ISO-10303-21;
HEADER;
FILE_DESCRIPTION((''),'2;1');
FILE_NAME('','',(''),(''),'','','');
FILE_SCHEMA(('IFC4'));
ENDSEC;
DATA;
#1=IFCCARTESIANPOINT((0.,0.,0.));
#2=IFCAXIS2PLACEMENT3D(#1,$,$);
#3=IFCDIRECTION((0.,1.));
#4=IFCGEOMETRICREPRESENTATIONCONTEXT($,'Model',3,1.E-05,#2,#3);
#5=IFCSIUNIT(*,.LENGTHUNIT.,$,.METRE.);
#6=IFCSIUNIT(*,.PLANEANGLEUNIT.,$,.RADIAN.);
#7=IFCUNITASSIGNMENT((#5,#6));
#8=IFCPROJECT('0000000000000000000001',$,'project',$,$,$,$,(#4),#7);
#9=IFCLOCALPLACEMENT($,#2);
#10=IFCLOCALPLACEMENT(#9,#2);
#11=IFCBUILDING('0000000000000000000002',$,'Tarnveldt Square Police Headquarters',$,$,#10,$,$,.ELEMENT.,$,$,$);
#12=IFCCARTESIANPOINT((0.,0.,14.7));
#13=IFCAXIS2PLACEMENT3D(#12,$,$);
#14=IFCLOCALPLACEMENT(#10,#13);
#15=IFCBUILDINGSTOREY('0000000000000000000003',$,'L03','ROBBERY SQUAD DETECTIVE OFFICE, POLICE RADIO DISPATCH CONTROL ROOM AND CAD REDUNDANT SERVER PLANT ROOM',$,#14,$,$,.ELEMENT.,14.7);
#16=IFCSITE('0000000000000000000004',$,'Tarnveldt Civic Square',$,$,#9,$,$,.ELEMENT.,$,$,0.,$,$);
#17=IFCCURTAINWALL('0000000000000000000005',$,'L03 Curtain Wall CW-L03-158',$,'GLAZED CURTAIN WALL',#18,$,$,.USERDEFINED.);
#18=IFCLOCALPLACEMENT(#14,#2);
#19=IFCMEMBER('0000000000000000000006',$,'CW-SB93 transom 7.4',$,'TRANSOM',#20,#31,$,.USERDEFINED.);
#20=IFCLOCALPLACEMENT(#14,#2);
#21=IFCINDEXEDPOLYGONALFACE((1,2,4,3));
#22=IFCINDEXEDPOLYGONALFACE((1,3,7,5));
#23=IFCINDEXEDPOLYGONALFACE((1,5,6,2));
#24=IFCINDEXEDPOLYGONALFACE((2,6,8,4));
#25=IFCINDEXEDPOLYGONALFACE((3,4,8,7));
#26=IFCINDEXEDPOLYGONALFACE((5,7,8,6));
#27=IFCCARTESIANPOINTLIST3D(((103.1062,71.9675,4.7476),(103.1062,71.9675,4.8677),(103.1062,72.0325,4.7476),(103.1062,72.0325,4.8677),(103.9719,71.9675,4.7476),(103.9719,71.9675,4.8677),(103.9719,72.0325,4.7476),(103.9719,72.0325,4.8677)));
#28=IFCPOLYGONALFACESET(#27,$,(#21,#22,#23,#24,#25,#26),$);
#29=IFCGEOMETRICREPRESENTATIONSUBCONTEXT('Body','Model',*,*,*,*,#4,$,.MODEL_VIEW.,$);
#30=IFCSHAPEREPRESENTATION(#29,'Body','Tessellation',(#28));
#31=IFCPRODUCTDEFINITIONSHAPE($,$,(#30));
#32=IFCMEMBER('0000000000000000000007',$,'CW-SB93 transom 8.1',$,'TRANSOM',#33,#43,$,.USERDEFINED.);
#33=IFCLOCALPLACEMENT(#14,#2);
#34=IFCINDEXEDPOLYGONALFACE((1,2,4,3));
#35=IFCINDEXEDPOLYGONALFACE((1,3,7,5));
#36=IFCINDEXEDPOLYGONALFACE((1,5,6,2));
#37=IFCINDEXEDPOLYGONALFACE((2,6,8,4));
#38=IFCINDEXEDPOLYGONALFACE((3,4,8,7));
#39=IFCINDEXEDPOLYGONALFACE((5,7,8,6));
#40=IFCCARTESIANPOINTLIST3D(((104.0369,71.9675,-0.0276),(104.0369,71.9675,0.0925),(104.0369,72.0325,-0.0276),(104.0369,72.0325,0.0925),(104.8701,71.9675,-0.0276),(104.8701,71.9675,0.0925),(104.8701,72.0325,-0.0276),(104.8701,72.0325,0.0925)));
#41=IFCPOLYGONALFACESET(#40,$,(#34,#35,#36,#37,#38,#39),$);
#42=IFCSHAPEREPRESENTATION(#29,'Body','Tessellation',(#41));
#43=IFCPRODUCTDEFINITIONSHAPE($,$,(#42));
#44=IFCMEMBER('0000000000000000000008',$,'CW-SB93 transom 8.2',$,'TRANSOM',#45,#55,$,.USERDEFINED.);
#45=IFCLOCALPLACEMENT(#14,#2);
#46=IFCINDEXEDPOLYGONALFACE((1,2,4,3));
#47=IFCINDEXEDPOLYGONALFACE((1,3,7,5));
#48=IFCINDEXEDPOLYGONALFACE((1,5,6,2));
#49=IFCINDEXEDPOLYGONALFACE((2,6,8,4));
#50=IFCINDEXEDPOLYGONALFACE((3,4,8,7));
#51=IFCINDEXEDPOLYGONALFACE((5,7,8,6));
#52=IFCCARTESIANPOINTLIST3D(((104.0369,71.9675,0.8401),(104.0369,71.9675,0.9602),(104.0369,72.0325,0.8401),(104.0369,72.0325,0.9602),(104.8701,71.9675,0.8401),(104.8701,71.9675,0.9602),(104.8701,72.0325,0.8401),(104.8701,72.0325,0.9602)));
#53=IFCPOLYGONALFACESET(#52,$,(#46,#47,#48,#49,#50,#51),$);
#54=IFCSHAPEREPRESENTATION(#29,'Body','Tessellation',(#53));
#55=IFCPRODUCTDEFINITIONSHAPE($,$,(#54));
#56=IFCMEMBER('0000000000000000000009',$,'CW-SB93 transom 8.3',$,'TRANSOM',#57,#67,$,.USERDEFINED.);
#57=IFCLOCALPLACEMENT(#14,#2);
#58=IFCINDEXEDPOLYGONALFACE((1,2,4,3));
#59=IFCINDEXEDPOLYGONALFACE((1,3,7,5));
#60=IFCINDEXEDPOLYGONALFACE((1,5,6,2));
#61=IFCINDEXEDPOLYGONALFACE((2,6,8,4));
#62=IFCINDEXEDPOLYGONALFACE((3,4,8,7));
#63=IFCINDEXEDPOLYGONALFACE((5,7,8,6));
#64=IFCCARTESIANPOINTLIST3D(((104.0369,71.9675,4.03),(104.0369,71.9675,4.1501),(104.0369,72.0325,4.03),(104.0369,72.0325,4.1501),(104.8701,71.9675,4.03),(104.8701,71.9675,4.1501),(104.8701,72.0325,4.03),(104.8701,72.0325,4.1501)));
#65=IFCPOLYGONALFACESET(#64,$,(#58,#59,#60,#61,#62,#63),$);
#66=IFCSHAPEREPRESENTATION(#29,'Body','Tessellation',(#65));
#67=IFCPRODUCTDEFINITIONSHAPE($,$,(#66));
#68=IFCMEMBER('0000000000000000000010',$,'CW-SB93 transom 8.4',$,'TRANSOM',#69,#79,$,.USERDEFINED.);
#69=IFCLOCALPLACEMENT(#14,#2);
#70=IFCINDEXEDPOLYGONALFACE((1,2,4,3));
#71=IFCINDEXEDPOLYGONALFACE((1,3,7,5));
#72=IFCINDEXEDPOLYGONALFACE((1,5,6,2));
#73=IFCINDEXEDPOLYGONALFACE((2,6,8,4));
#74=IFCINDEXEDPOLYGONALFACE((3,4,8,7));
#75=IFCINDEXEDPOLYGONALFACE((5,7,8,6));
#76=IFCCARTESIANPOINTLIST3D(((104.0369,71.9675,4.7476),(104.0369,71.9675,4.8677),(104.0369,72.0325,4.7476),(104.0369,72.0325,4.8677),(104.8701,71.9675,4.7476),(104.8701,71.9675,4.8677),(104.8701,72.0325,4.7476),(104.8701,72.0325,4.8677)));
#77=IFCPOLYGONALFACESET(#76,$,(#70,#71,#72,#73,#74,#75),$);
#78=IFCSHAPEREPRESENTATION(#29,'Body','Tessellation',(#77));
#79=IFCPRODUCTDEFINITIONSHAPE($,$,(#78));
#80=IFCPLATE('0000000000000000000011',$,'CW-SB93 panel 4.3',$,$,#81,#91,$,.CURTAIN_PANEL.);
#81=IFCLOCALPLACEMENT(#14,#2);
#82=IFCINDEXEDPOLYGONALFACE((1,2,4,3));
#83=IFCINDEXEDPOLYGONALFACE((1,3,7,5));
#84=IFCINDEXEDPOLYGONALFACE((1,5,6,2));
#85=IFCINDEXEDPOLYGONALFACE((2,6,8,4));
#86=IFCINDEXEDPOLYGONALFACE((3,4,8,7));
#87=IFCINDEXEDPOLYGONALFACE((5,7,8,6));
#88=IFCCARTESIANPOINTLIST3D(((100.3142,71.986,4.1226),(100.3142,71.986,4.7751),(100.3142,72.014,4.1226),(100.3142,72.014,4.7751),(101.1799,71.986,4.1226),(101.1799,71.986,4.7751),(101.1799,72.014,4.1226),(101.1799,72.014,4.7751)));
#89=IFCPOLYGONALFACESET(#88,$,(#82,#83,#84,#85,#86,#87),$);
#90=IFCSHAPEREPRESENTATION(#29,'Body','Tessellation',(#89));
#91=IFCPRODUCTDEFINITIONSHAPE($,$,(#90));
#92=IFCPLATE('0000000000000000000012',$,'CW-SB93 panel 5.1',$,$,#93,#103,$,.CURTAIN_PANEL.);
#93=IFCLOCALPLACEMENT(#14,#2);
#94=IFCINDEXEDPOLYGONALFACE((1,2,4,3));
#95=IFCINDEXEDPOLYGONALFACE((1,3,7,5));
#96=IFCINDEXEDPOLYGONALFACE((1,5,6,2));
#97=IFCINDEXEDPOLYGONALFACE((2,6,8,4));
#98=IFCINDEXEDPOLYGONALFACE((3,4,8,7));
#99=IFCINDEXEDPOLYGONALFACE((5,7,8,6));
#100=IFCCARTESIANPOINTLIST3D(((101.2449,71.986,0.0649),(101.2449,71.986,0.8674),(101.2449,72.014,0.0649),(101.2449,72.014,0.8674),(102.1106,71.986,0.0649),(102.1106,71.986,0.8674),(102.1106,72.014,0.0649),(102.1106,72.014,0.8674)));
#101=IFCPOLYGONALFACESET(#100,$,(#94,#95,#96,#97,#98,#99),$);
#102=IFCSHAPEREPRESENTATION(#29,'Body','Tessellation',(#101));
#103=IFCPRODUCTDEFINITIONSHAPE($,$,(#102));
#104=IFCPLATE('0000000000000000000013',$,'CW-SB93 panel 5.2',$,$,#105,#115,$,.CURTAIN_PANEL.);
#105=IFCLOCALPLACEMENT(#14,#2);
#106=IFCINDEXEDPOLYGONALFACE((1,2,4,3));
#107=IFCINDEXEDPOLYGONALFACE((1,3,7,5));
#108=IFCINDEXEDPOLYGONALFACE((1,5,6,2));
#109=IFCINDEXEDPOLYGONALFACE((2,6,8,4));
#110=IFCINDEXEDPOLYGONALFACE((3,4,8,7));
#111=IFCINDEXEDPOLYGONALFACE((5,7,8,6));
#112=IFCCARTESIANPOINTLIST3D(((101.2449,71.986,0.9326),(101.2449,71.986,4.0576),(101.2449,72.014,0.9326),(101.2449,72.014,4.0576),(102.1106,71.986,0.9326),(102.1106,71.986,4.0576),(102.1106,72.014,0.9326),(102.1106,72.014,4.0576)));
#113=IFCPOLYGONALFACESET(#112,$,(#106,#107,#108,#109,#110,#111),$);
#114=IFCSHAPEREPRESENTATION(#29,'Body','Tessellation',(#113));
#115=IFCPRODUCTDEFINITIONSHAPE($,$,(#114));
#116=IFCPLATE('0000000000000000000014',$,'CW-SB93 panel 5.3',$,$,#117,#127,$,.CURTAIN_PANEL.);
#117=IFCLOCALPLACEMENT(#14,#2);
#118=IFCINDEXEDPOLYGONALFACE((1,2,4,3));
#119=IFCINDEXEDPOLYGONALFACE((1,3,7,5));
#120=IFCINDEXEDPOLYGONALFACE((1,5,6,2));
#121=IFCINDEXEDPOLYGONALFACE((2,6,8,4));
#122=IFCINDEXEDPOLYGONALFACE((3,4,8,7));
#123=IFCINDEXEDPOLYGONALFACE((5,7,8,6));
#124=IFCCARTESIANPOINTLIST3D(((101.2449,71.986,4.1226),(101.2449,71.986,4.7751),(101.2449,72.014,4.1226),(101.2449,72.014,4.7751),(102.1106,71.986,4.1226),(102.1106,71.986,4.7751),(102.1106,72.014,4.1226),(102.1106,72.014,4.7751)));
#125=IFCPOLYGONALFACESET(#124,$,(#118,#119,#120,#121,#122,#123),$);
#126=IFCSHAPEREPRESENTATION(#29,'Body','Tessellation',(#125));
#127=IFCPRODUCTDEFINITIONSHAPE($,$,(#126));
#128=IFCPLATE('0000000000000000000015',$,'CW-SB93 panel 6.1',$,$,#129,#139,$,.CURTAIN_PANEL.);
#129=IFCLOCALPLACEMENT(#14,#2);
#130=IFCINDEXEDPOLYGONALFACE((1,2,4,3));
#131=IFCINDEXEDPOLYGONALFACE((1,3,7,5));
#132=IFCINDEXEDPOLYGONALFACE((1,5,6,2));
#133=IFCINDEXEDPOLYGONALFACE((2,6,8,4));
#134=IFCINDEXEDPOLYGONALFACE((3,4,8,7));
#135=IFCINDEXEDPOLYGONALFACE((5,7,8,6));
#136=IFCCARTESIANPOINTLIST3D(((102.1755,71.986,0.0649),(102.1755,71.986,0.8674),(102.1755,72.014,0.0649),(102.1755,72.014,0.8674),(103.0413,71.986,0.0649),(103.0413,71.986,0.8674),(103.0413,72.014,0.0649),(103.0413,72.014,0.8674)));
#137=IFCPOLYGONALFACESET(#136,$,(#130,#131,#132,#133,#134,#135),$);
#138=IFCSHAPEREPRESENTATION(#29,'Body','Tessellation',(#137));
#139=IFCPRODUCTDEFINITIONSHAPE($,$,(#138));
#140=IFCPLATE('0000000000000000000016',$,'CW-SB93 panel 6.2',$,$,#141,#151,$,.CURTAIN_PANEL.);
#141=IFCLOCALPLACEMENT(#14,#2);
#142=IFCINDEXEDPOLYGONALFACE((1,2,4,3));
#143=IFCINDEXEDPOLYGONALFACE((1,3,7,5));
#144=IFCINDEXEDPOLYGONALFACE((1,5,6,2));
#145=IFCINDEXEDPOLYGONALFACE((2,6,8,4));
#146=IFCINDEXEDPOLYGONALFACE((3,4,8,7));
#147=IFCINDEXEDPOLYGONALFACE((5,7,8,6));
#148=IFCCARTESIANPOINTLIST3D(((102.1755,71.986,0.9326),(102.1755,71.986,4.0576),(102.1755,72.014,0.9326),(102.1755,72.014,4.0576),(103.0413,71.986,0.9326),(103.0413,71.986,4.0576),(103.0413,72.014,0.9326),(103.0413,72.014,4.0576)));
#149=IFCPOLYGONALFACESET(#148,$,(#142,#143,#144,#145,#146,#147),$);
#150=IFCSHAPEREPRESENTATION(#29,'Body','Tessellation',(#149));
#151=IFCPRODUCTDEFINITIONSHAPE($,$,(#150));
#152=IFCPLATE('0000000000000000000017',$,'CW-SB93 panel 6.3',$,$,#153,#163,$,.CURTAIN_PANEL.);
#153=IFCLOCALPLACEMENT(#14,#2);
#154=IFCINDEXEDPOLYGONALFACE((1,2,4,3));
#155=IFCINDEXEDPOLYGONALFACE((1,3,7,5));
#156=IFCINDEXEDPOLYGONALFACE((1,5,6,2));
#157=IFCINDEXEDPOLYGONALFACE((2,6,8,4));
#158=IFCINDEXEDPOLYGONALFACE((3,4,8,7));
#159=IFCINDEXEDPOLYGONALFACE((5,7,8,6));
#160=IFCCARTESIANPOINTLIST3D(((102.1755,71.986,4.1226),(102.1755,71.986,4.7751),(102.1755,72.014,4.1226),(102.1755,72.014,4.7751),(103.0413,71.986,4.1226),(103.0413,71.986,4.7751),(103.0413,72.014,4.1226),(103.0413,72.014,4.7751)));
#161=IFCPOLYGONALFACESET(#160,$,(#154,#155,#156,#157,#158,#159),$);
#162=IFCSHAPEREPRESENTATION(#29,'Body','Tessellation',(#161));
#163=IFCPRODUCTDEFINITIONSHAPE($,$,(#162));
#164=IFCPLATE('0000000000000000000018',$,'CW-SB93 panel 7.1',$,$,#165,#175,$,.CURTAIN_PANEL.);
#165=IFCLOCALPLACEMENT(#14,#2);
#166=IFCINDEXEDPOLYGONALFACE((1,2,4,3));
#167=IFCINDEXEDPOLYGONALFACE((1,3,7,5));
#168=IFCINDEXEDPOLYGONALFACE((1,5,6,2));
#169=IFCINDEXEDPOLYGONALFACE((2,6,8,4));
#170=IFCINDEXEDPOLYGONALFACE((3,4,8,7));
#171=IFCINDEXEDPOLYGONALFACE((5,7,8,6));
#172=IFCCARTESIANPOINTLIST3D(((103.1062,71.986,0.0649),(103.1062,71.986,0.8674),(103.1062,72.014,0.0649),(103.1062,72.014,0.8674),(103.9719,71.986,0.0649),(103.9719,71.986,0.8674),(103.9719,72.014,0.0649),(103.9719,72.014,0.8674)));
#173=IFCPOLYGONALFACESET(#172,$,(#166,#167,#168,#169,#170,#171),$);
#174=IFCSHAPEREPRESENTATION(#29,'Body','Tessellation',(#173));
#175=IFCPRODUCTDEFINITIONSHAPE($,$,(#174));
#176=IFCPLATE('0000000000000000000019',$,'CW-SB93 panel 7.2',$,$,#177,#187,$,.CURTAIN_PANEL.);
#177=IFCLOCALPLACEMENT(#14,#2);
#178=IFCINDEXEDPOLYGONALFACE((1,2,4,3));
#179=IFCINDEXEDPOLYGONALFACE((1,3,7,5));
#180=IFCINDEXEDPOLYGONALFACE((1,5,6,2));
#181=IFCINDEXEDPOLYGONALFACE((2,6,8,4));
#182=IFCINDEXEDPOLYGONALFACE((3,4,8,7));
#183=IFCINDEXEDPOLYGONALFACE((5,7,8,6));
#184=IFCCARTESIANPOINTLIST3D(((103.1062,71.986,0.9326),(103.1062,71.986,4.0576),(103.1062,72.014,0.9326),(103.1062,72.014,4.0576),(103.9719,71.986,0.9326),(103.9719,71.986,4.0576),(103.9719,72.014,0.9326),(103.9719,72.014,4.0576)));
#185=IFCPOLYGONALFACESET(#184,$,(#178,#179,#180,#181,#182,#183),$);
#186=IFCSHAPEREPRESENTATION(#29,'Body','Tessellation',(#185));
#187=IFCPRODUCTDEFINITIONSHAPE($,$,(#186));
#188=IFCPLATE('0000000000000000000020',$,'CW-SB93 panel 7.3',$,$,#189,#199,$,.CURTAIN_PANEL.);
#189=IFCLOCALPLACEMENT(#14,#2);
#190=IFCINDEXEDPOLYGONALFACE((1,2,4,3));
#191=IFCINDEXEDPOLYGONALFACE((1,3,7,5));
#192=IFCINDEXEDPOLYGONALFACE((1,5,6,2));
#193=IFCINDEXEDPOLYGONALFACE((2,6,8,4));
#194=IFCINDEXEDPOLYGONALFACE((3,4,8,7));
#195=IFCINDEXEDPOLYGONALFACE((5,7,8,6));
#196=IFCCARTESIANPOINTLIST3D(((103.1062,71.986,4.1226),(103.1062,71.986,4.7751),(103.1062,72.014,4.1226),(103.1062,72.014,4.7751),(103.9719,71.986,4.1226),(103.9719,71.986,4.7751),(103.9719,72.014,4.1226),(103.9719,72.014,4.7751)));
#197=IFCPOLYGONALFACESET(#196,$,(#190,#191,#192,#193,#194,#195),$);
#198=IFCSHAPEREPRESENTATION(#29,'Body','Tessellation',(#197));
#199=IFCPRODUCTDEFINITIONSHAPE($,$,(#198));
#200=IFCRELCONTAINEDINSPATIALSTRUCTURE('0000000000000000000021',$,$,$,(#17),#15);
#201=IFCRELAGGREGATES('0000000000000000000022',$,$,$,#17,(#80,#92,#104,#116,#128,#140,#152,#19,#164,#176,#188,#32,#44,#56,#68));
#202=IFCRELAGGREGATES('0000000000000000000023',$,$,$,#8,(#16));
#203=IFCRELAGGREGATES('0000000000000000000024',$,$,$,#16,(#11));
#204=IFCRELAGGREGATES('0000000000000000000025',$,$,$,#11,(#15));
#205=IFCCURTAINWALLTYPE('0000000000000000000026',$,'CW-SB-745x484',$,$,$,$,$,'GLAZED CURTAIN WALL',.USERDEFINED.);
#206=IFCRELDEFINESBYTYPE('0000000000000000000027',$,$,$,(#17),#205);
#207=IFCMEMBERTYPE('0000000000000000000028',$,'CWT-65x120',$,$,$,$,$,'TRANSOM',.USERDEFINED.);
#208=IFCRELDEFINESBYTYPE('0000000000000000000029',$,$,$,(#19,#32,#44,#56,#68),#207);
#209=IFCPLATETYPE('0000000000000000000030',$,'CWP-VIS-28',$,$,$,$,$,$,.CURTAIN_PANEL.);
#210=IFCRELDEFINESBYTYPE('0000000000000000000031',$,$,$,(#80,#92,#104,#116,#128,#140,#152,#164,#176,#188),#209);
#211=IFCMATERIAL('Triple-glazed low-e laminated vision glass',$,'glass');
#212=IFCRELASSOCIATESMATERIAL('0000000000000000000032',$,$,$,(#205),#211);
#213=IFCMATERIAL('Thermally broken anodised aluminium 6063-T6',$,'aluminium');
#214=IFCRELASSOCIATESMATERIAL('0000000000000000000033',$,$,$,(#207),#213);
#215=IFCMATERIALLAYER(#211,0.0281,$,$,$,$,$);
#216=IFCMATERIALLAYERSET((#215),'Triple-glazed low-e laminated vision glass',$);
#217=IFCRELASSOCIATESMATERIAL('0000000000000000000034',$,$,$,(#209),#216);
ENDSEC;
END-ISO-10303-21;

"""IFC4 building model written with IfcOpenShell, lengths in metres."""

from ifc_helpers import new_model, si_unit, direction, frame, origin, origin_2d, place, context, subcontext, project, spatial, rectangle, extrude, material, layer, layer_set, material_profile, profile_set, type_object, element, aggregate, save


model = new_model("IFC4")

# Units and contexts
model_context = context("Model", 3, precision=1e-05, world=origin(), true_north=direction((0.0, 1.0)))
body_context = subcontext(model_context, "Body", "Model", "MODEL_VIEW")
ifc_project = project(units=[si_unit("LENGTHUNIT", "METRE"), si_unit("PLANEANGLEUNIT", "RADIAN")], contexts=[model_context])

# Site, building, storey
site_placement = place(None, origin())
site = spatial("IfcSite", under=ifc_project, at=site_placement, Name="Tarnveldt Civic Square", CompositionType="ELEMENT", RefElevation=0.0)
building_placement = place(site_placement, origin())
building = spatial("IfcBuilding", under=site, at=building_placement, Name="Tarnveldt Square Police Headquarters", CompositionType="ELEMENT")
storey_placement = place(building_placement, frame((0.0, 0.0, 14.7)))
storey = spatial("IfcBuildingStorey", under=building, at=storey_placement, Name="L03", Description="ROBBERY SQUAD DETECTIVE OFFICE, POLICE RADIO DISPATCH CONTROL ROOM AND CAD REDUNDANT SERVER PLANT ROOM", CompositionType="ELEMENT", Elevation=14.7)

# Curtain wall, members, plates
ifc_material_1 = material(Name="Triple-glazed low-e laminated vision glass", Category="glass")
curtain_wall_type = type_object("IfcCurtainWallType", Name="CW-SB-745x484", ElementType="GLAZED CURTAIN WALL", PredefinedType="USERDEFINED", material=ifc_material_1)
curtain_wall_placement = place(storey_placement, origin())
curtain_wall = element("IfcCurtainWall", 1, at=curtain_wall_placement, inside=storey, type_object=curtain_wall_type, Name="L03 Curtain Wall CW-L03-158", ObjectType="GLAZED CURTAIN WALL", PredefinedType="USERDEFINED")
ifc_material_2 = material(Name="Thermally broken anodised aluminium 6063-T6", Category="aluminium")
ifc_material_profile_1 = material_profile(ifc_material_2, rectangle(XDim=0.0649, YDim=0.1201, at=origin_2d()), Name="CW-T65x120")
ifc_profile_set_1 = profile_set([ifc_material_profile_1], Name="Thermally broken anodised aluminium 6063-T6")
member_type_1 = type_object("IfcMemberType", Name="CWT-65x120", ElementType="TRANSOM", PredefinedType="USERDEFINED", material=ifc_profile_set_1)
member_1_placement = place(storey_placement, frame((103.1062, 72.0, 4.8076), z_axis=(1.0, 0.0, 0.0), x_axis=(0.0, 1.0, 0.0)))
member_1 = element("IfcMember", 2, at=member_1_placement, type_object=member_type_1, Name="CW-SB93 transom 7.4", ObjectType="TRANSOM", PredefinedType="USERDEFINED", context=body_context, shape_type="SweptSolid", body=[
    extrude(rectangle(XDim=0.0649, YDim=0.1201, at=origin_2d()), origin(), (0.0, 0.0, 1.0), 0.8657),
])
member_2_placement = place(storey_placement, frame((104.0369, 72.0, 0.0325), z_axis=(1.0, 0.0, 0.0), x_axis=(0.0, 1.0, 0.0)))
member_2 = element("IfcMember", 3, at=member_2_placement, type_object=member_type_1, Name="CW-SB93 transom 8.1", ObjectType="TRANSOM", PredefinedType="USERDEFINED", context=body_context, shape_type="SweptSolid", body=[
    extrude(rectangle(XDim=0.0649, YDim=0.1201, at=origin_2d()), origin(), (0.0, 0.0, 1.0), 0.8333),
])
member_3_placement = place(storey_placement, frame((104.0369, 72.0, 0.9001), z_axis=(1.0, 0.0, 0.0), x_axis=(0.0, 1.0, 0.0)))
member_3 = element("IfcMember", 4, at=member_3_placement, type_object=member_type_1, Name="CW-SB93 transom 8.2", ObjectType="TRANSOM", PredefinedType="USERDEFINED", context=body_context, shape_type="SweptSolid", body=[
    extrude(rectangle(XDim=0.0649, YDim=0.1201, at=origin_2d()), origin(), (0.0, 0.0, 1.0), 0.8333),
])
member_4_placement = place(storey_placement, frame((104.0369, 72.0, 4.0901), z_axis=(1.0, 0.0, 0.0), x_axis=(0.0, 1.0, 0.0)))
member_4 = element("IfcMember", 5, at=member_4_placement, type_object=member_type_1, Name="CW-SB93 transom 8.3", ObjectType="TRANSOM", PredefinedType="USERDEFINED", context=body_context, shape_type="SweptSolid", body=[
    extrude(rectangle(XDim=0.0649, YDim=0.1201, at=origin_2d()), origin(), (0.0, 0.0, 1.0), 0.8333),
])
member_5_placement = place(storey_placement, frame((104.0369, 72.0, 4.8076), z_axis=(1.0, 0.0, 0.0), x_axis=(0.0, 1.0, 0.0)))
member_5 = element("IfcMember", 6, at=member_5_placement, type_object=member_type_1, Name="CW-SB93 transom 8.4", ObjectType="TRANSOM", PredefinedType="USERDEFINED", context=body_context, shape_type="SweptSolid", body=[
    extrude(rectangle(XDim=0.0649, YDim=0.1201, at=origin_2d()), origin(), (0.0, 0.0, 1.0), 0.8333),
])
ifc_layer = layer(ifc_material_1, 0.0281)
ifc_layer_set = layer_set([ifc_layer], Name="Triple-glazed low-e laminated vision glass")
plate_type = type_object("IfcPlateType", Name="CWP-VIS-28", PredefinedType="CURTAIN_PANEL", material=ifc_layer_set)
plate_1_placement = place(storey_placement, frame((100.7471, 72.0, 4.1226), z_axis=(0.0, 0.0, 1.0), x_axis=(1.0, 0.0, 0.0)))
plate_1 = element("IfcPlate", 7, at=plate_1_placement, type_object=plate_type, Name="CW-SB93 panel 4.3", PredefinedType="CURTAIN_PANEL", context=body_context, shape_type="SweptSolid", body=[
    extrude(rectangle(XDim=0.8657, YDim=0.0281, at=origin_2d()), origin(), (0.0, 0.0, 1.0), 0.6526),
])
plate_2_placement = place(storey_placement, frame((101.6777, 72.0, 0.0649), z_axis=(0.0, 0.0, 1.0), x_axis=(1.0, 0.0, 0.0)))
plate_2 = element("IfcPlate", 8, at=plate_2_placement, type_object=plate_type, Name="CW-SB93 panel 5.1", PredefinedType="CURTAIN_PANEL", context=body_context, shape_type="SweptSolid", body=[
    extrude(rectangle(XDim=0.8657, YDim=0.0281, at=origin_2d()), origin(), (0.0, 0.0, 1.0), 0.8025),
])
plate_3_placement = place(storey_placement, frame((101.6777, 72.0, 0.9326), z_axis=(0.0, 0.0, 1.0), x_axis=(1.0, 0.0, 0.0)))
plate_3 = element("IfcPlate", 9, at=plate_3_placement, type_object=plate_type, Name="CW-SB93 panel 5.2", PredefinedType="CURTAIN_PANEL", context=body_context, shape_type="SweptSolid", body=[
    extrude(rectangle(XDim=0.8657, YDim=0.0281, at=origin_2d()), origin(), (0.0, 0.0, 1.0), 3.125),
])
plate_4_placement = place(storey_placement, frame((101.6777, 72.0, 4.1226), z_axis=(0.0, 0.0, 1.0), x_axis=(1.0, 0.0, 0.0)))
plate_4 = element("IfcPlate", 10, at=plate_4_placement, type_object=plate_type, Name="CW-SB93 panel 5.3", PredefinedType="CURTAIN_PANEL", context=body_context, shape_type="SweptSolid", body=[
    extrude(rectangle(XDim=0.8657, YDim=0.0281, at=origin_2d()), origin(), (0.0, 0.0, 1.0), 0.6526),
])
plate_5_placement = place(storey_placement, frame((102.6084, 72.0, 0.0649), z_axis=(0.0, 0.0, 1.0), x_axis=(1.0, 0.0, 0.0)))
plate_5 = element("IfcPlate", 11, at=plate_5_placement, type_object=plate_type, Name="CW-SB93 panel 6.1", PredefinedType="CURTAIN_PANEL", context=body_context, shape_type="SweptSolid", body=[
    extrude(rectangle(XDim=0.8657, YDim=0.0281, at=origin_2d()), origin(), (0.0, 0.0, 1.0), 0.8025),
])
plate_6_placement = place(storey_placement, frame((102.6084, 72.0, 0.9326), z_axis=(0.0, 0.0, 1.0), x_axis=(1.0, 0.0, 0.0)))
plate_6 = element("IfcPlate", 12, at=plate_6_placement, type_object=plate_type, Name="CW-SB93 panel 6.2", PredefinedType="CURTAIN_PANEL", context=body_context, shape_type="SweptSolid", body=[
    extrude(rectangle(XDim=0.8657, YDim=0.0281, at=origin_2d()), origin(), (0.0, 0.0, 1.0), 3.125),
])
plate_7_placement = place(storey_placement, frame((102.6084, 72.0, 4.1226), z_axis=(0.0, 0.0, 1.0), x_axis=(1.0, 0.0, 0.0)))
plate_7 = element("IfcPlate", 13, at=plate_7_placement, type_object=plate_type, Name="CW-SB93 panel 6.3", PredefinedType="CURTAIN_PANEL", context=body_context, shape_type="SweptSolid", body=[
    extrude(rectangle(XDim=0.8657, YDim=0.0281, at=origin_2d()), origin(), (0.0, 0.0, 1.0), 0.6526),
])
plate_8_placement = place(storey_placement, frame((103.5391, 72.0, 0.0649), z_axis=(0.0, 0.0, 1.0), x_axis=(1.0, 0.0, 0.0)))
plate_8 = element("IfcPlate", 14, at=plate_8_placement, type_object=plate_type, Name="CW-SB93 panel 7.1", PredefinedType="CURTAIN_PANEL", context=body_context, shape_type="SweptSolid", body=[
    extrude(rectangle(XDim=0.8657, YDim=0.0281, at=origin_2d()), origin(), (0.0, 0.0, 1.0), 0.8025),
])
plate_9_placement = place(storey_placement, frame((103.5391, 72.0, 0.9326), z_axis=(0.0, 0.0, 1.0), x_axis=(1.0, 0.0, 0.0)))
plate_9 = element("IfcPlate", 15, at=plate_9_placement, type_object=plate_type, Name="CW-SB93 panel 7.2", PredefinedType="CURTAIN_PANEL", context=body_context, shape_type="SweptSolid", body=[
    extrude(rectangle(XDim=0.8657, YDim=0.0281, at=origin_2d()), origin(), (0.0, 0.0, 1.0), 3.125),
])
plate_10_placement = place(storey_placement, frame((103.5391, 72.0, 4.1226), z_axis=(0.0, 0.0, 1.0), x_axis=(1.0, 0.0, 0.0)))
plate_10 = element("IfcPlate", 16, at=plate_10_placement, type_object=plate_type, Name="CW-SB93 panel 7.3", PredefinedType="CURTAIN_PANEL", context=body_context, shape_type="SweptSolid", body=[
    extrude(rectangle(XDim=0.8657, YDim=0.0281, at=origin_2d()), origin(), (0.0, 0.0, 1.0), 0.6526),
])
aggregate(curtain_wall, [plate_1, plate_2, plate_3, plate_4, plate_5, plate_6, plate_7, member_1, plate_8, plate_9, plate_10, member_2, member_3, member_4, member_5])

save(model, "model.ifc")
